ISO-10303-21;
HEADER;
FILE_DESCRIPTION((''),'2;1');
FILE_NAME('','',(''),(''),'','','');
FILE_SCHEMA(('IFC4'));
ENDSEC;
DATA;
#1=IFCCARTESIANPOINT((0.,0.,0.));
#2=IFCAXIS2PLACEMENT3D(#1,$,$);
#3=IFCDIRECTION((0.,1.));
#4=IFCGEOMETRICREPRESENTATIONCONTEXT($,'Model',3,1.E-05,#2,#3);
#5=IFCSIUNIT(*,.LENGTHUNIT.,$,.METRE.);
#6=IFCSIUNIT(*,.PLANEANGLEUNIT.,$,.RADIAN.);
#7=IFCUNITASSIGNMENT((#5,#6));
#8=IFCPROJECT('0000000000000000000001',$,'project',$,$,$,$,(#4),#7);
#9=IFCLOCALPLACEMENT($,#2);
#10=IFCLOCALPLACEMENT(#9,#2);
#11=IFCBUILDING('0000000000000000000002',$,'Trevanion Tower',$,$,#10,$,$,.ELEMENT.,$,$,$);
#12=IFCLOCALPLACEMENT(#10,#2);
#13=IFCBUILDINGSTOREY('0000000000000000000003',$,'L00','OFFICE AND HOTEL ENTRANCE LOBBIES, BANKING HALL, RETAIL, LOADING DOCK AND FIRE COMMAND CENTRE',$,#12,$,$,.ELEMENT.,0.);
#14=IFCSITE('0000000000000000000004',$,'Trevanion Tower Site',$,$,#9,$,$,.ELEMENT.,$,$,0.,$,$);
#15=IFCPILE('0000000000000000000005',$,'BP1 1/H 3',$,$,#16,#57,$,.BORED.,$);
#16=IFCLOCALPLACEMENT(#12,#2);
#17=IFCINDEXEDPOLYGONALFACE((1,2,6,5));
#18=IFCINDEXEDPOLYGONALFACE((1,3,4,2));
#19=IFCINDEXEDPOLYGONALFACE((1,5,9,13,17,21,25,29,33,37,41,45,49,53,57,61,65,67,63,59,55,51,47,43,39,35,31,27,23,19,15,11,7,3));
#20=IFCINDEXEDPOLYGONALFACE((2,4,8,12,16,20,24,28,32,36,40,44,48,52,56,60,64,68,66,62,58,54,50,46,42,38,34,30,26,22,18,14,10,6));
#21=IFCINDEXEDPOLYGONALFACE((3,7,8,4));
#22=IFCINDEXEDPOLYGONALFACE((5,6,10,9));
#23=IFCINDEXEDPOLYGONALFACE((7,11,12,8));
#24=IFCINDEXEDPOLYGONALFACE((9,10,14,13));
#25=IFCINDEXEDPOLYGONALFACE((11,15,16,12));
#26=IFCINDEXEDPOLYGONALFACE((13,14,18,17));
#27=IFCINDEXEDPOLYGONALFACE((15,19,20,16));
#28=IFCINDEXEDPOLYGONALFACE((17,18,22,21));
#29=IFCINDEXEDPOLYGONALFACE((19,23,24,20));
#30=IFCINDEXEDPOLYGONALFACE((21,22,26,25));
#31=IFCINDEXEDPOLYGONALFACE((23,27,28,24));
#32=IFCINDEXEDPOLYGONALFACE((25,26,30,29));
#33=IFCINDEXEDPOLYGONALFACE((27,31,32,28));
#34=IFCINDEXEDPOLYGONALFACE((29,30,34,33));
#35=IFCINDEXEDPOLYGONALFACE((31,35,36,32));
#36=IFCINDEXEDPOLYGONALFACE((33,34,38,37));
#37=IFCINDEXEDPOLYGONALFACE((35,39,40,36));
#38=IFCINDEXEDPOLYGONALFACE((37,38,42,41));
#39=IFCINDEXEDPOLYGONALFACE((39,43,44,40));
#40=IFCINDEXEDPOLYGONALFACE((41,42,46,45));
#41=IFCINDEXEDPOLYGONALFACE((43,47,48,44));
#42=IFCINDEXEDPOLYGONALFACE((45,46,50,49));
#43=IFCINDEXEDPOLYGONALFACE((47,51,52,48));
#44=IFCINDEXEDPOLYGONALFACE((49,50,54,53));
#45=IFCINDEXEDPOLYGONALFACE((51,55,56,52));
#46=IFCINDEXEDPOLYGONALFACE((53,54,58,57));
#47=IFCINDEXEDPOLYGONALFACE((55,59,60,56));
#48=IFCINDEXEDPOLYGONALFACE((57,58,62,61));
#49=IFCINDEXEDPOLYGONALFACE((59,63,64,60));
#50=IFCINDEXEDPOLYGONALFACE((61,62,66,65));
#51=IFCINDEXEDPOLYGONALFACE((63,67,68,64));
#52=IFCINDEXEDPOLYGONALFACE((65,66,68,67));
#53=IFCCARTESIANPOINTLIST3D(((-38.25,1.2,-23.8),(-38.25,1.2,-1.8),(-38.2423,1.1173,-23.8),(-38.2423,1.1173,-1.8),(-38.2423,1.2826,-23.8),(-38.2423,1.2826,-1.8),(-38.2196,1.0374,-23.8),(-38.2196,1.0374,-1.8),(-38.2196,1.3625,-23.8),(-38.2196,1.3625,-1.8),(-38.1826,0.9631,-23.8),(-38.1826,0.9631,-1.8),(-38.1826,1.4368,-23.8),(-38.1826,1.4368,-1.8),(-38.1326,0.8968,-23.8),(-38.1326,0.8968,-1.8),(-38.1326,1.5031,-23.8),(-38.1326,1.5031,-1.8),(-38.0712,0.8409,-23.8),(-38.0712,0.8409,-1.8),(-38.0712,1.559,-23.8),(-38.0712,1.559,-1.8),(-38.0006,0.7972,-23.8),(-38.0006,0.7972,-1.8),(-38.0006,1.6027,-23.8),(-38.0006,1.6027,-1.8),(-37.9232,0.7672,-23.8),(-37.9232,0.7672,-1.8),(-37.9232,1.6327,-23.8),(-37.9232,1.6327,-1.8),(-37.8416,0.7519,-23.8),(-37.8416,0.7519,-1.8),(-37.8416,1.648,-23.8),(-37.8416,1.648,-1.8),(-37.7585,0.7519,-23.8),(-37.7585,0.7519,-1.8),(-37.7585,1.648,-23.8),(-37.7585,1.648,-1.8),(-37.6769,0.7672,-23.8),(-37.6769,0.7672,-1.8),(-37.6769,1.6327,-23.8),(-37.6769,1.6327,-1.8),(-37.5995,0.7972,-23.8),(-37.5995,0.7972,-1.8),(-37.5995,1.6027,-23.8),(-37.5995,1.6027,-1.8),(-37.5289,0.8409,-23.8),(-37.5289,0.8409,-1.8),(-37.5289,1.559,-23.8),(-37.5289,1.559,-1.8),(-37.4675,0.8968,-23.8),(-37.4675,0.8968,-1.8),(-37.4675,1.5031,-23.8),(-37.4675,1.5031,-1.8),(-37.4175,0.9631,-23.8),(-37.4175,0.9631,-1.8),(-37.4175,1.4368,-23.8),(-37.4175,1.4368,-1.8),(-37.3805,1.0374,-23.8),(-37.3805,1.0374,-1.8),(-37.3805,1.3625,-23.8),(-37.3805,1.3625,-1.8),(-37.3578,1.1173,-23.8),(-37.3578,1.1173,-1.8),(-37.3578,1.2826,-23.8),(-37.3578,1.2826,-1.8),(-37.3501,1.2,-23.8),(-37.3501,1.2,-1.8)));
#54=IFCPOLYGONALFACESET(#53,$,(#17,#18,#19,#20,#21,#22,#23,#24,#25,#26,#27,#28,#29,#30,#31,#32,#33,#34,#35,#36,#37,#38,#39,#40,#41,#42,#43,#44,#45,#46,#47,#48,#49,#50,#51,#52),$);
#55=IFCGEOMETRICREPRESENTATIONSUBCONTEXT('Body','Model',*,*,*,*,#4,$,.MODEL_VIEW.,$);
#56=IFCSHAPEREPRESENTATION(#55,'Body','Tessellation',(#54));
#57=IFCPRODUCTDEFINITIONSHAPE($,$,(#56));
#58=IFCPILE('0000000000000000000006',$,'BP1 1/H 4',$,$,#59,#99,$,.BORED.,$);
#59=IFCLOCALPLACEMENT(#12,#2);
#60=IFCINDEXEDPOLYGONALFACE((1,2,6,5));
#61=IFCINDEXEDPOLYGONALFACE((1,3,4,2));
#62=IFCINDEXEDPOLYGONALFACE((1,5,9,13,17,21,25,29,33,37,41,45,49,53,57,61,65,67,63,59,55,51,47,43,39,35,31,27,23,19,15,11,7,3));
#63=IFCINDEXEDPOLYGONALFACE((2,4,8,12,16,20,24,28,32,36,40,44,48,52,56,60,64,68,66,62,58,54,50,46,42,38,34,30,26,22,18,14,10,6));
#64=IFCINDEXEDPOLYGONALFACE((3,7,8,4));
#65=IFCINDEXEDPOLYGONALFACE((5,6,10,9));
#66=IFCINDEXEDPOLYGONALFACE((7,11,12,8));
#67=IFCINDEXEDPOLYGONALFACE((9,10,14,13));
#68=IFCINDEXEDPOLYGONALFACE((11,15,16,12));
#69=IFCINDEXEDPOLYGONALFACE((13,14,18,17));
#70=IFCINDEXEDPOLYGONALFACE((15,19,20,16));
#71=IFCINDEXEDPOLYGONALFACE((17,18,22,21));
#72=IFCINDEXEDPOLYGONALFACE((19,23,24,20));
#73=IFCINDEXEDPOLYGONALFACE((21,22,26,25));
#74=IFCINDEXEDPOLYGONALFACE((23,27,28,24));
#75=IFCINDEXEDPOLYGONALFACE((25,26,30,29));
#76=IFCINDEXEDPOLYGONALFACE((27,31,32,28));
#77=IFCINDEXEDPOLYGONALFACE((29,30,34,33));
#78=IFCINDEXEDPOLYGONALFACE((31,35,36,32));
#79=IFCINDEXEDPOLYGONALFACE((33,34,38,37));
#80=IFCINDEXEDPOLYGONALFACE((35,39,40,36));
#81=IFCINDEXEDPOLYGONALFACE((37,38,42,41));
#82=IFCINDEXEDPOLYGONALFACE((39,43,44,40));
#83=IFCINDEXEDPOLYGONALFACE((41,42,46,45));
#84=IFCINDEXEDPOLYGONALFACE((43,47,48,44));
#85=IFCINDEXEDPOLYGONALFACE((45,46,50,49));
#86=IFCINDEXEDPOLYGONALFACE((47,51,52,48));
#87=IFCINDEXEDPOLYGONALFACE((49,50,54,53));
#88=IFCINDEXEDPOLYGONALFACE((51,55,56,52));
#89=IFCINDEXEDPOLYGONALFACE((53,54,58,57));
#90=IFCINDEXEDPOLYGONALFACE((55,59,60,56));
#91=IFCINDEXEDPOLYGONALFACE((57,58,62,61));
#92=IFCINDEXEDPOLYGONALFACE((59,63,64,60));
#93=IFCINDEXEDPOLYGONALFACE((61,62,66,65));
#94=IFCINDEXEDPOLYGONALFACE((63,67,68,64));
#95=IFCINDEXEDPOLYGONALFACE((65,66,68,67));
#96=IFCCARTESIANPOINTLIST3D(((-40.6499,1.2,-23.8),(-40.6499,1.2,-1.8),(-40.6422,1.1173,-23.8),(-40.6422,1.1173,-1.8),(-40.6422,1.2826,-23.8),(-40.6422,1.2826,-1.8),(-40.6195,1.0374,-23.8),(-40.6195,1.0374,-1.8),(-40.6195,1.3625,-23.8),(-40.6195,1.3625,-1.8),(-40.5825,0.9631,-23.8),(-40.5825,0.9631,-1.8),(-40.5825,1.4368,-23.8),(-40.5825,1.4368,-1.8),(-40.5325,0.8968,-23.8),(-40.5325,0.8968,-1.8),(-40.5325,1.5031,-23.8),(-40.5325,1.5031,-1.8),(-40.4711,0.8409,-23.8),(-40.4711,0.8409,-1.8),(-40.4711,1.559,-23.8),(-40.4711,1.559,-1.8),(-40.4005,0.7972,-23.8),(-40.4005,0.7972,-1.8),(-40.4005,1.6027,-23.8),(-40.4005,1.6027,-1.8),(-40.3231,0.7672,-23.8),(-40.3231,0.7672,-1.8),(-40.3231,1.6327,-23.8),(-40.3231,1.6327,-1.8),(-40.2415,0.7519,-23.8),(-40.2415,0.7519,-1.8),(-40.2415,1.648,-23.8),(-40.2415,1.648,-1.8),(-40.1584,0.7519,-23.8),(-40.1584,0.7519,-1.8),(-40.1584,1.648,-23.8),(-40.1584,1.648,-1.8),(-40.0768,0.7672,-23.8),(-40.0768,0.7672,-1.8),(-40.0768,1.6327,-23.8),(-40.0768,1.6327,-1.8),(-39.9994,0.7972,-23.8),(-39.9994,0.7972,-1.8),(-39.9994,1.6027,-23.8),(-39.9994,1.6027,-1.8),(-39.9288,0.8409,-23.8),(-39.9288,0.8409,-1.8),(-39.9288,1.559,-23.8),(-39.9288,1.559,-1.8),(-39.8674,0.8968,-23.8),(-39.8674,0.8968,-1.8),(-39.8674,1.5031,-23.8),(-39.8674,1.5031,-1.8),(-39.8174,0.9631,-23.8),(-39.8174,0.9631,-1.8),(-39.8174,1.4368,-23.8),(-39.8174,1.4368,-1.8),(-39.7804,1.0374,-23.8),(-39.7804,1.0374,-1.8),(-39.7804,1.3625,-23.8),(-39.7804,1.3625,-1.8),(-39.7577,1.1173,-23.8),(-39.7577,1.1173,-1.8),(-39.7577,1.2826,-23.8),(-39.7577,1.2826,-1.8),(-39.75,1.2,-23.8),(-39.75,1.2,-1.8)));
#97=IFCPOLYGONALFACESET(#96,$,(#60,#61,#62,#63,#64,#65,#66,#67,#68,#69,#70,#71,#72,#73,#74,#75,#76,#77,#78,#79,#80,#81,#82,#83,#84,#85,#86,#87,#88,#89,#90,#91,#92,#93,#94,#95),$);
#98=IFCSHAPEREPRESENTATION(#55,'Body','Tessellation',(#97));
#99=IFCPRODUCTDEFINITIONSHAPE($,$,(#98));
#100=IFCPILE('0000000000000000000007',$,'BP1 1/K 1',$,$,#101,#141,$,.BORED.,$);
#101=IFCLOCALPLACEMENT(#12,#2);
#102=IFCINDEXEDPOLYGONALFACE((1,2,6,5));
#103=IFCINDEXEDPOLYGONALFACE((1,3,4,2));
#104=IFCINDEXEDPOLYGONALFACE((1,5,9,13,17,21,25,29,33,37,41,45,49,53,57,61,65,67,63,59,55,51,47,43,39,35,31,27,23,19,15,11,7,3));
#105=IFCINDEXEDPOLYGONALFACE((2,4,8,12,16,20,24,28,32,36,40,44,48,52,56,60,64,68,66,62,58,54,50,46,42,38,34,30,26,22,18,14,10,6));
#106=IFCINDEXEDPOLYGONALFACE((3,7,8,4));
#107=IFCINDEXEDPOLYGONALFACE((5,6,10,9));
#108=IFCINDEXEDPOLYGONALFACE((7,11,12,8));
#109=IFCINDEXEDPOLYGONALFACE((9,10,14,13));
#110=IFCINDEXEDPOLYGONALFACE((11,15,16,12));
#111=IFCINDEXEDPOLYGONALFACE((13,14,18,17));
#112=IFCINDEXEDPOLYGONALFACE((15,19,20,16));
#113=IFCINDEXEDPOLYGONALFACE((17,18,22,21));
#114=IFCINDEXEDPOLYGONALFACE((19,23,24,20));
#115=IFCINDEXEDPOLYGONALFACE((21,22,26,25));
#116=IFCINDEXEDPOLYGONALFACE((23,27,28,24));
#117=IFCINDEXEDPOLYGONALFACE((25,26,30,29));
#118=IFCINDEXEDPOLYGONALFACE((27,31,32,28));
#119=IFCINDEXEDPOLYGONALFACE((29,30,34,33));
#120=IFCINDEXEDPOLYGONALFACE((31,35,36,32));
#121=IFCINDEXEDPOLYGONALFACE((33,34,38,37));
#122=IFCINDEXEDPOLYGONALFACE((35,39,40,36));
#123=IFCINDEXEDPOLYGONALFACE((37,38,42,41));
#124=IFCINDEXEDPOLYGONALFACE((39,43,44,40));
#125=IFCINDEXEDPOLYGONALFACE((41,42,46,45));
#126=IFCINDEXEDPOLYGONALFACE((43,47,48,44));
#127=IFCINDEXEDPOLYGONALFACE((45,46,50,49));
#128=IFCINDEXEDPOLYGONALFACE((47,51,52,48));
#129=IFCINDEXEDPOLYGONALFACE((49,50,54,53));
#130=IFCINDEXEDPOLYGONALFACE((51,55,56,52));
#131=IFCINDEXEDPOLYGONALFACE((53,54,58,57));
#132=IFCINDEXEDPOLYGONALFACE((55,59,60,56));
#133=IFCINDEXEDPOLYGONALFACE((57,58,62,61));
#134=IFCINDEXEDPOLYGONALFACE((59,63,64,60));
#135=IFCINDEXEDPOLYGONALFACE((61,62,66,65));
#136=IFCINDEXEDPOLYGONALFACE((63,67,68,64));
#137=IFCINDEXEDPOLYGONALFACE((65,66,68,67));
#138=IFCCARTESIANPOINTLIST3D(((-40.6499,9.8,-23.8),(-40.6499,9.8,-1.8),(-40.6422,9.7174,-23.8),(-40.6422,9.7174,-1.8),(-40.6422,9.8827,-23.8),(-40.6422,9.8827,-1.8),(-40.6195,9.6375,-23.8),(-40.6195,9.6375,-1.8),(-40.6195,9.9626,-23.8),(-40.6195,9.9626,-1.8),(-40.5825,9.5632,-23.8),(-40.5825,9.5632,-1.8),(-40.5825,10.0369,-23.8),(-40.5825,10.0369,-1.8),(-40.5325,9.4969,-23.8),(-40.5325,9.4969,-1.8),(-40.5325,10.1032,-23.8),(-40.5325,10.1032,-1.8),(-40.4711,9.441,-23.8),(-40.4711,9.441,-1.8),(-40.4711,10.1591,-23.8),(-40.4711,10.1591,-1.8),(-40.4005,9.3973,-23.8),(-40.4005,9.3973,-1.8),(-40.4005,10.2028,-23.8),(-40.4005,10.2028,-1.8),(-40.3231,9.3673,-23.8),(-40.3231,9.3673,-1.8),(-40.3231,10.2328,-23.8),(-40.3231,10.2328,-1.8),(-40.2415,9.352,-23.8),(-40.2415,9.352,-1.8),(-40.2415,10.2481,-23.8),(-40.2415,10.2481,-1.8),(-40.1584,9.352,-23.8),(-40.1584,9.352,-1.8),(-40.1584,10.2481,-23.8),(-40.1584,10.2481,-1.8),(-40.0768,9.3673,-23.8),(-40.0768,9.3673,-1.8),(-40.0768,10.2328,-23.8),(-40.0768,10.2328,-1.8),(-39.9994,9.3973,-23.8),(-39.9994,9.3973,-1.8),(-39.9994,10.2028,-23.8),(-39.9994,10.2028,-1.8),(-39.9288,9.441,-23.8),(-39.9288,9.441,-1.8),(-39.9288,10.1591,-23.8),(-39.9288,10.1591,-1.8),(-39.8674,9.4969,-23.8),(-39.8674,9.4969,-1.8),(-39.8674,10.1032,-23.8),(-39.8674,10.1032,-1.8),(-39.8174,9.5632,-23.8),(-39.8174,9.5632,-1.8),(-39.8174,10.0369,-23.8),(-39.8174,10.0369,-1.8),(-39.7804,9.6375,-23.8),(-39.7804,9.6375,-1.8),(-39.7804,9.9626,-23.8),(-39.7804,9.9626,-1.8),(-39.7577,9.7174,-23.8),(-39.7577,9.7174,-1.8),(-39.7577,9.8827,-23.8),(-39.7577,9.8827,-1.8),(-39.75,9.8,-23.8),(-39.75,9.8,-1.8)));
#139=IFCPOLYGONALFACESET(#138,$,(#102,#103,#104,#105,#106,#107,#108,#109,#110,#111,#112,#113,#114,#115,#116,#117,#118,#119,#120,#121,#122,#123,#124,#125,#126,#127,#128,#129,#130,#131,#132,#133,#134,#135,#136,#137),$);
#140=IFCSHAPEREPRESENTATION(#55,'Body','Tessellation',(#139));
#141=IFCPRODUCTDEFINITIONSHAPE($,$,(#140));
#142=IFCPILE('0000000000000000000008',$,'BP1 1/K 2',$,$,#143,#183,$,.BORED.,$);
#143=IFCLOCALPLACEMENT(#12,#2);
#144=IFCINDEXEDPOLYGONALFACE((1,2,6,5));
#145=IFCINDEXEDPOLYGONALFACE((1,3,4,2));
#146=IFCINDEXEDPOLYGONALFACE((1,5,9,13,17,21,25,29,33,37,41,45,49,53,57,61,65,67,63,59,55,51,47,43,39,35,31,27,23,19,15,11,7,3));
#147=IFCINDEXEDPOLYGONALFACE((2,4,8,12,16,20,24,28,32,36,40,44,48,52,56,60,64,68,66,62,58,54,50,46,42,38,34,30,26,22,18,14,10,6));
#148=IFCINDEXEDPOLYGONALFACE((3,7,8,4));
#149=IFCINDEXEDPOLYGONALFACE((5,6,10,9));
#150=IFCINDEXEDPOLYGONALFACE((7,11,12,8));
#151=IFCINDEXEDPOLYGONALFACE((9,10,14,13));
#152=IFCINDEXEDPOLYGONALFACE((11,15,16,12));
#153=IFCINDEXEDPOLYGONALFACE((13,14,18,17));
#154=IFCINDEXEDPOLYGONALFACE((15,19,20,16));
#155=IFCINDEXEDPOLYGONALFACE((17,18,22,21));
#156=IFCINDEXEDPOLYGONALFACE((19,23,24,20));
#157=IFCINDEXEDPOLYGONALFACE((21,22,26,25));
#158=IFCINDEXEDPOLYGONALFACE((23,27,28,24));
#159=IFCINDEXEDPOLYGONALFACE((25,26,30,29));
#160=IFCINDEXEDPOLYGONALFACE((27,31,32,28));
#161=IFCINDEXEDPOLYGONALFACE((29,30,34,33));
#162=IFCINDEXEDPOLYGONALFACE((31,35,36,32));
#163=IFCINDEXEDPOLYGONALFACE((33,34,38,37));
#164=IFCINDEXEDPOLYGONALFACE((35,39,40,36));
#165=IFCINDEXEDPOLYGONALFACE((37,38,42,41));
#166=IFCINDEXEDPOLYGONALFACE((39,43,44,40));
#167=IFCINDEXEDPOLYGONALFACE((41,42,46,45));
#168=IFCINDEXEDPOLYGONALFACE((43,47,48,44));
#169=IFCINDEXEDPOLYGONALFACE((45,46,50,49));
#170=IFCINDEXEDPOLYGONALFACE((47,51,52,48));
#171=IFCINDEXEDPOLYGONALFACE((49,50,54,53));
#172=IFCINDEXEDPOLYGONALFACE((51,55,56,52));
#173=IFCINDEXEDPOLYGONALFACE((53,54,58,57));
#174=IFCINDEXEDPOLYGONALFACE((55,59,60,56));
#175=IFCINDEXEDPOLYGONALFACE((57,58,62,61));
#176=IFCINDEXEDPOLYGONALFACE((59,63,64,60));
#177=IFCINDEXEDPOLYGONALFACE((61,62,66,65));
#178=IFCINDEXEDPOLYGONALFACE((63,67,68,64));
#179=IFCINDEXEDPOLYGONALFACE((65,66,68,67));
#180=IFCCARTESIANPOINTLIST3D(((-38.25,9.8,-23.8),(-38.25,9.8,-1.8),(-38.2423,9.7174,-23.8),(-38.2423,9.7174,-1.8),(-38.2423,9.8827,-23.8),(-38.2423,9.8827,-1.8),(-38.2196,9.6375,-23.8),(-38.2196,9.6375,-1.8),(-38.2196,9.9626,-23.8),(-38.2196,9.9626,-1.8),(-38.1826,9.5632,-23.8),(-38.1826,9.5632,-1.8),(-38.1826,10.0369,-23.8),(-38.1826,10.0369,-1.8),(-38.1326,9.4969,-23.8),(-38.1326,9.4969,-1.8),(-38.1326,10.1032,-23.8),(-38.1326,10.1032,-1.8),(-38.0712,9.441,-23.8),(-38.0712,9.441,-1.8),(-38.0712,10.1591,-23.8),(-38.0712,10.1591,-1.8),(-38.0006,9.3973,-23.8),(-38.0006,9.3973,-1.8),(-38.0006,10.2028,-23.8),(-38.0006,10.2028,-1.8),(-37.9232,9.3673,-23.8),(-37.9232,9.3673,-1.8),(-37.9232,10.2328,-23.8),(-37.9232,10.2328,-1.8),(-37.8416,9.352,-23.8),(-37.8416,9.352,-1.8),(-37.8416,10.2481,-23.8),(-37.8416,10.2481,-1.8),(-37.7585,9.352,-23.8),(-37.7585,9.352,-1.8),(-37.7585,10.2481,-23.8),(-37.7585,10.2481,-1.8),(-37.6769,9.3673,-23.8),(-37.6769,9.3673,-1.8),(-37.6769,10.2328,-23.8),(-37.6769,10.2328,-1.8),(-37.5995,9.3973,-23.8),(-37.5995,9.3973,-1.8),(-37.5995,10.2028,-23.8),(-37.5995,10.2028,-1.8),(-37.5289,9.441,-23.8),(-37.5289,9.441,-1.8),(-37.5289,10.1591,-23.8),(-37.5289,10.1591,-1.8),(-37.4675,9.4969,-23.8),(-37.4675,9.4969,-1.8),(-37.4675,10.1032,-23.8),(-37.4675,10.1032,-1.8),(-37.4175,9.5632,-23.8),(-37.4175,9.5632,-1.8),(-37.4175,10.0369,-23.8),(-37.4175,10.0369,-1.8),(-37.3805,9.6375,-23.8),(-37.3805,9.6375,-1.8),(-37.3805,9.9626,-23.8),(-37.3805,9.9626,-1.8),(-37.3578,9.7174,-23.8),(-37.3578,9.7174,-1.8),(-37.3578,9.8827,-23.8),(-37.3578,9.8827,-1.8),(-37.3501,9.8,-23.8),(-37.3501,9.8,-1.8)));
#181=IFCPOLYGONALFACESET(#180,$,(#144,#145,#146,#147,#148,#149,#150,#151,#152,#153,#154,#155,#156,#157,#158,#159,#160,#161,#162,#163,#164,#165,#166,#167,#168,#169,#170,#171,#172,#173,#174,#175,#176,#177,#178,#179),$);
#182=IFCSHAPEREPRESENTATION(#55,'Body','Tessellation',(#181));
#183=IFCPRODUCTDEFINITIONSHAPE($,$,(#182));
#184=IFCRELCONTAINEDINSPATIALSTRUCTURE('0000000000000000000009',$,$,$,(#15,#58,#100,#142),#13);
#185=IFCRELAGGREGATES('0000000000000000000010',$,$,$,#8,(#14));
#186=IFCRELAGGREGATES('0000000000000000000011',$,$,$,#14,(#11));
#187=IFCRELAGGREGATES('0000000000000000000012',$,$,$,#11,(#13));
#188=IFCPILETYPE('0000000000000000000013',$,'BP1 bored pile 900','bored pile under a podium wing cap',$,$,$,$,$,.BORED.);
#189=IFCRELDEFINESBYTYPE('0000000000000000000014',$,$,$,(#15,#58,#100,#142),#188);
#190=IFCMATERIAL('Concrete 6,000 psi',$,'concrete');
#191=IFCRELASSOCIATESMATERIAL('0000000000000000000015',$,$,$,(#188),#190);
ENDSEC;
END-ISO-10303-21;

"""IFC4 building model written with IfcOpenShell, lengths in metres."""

from ifc_helpers import new_model, si_unit, direction, frame, origin, origin_2d, place, context, subcontext, project, spatial, circle, extrude, material, material_profile, profile_set, type_object, element, save


model = new_model("IFC4")

# Units and contexts
model_context = context("Model", 3, precision=1e-05, world=origin(), true_north=direction((0.0, 1.0)))
body_context = subcontext(model_context, "Body", "Model", "MODEL_VIEW")
ifc_project = project(units=[si_unit("LENGTHUNIT", "METRE"), si_unit("PLANEANGLEUNIT", "RADIAN")], contexts=[model_context])

# Site, building, storey
site_placement = place(None, origin())
site = spatial("IfcSite", under=ifc_project, at=site_placement, Name="Trevanion Tower Site", CompositionType="ELEMENT", RefElevation=0.0)
building_placement = place(site_placement, origin())
building = spatial("IfcBuilding", under=site, at=building_placement, Name="Trevanion Tower", CompositionType="ELEMENT")
storey_placement = place(building_placement, origin())
storey = spatial("IfcBuildingStorey", under=building, at=storey_placement, Name="L00", Description="OFFICE AND HOTEL ENTRANCE LOBBIES, BANKING HALL, RETAIL, LOADING DOCK AND FIRE COMMAND CENTRE", CompositionType="ELEMENT", Elevation=0.0)

# Piles
ifc_material_1 = material(Name="Concrete 6,000 psi", Category="concrete")
ifc_material_profile_1 = material_profile(ifc_material_1, circle(Radius=0.45, at=origin_2d()), Name="BP1 bored pile 900")
ifc_profile_set_1 = profile_set([ifc_material_profile_1], Name="Concrete 6,000 psi")
pile_type = type_object("IfcPileType", Name="BP1 bored pile 900", Description="bored pile under a podium wing cap", PredefinedType="BORED", material=ifc_profile_set_1)
for number, where, z_axis, x_axis, name in (
    (1, (-37.8, 1.2, -1.8), (0.0, 0.0, -1.0), (1.0, 0.0, 0.0), "BP1 1/H 3"),
    (2, (-40.2, 1.2, -1.8), (0.0, 0.0, -1.0), (1.0, 0.0, 0.0), "BP1 1/H 4"),
    (3, (-40.2, 9.8, -1.8), (0.0, 0.0, -1.0), (1.0, 0.0, 0.0), "BP1 1/K 1"),
    (4, (-37.8, 9.8, -1.8), (0.0, 0.0, -1.0), (1.0, 0.0, 0.0), "BP1 1/K 2"),
):
    element("IfcPile", number, at=place(storey_placement, frame(where, z_axis=z_axis, x_axis=x_axis)), inside=storey, type_object=pile_type, Name=name, PredefinedType="BORED", context=body_context, shape_type="SweptSolid", body=[
        extrude(circle(Radius=0.45, at=origin_2d()), origin(), (0.0, 0.0, 1.0), 22.0),
    ])

save(model, "model.ifc")
